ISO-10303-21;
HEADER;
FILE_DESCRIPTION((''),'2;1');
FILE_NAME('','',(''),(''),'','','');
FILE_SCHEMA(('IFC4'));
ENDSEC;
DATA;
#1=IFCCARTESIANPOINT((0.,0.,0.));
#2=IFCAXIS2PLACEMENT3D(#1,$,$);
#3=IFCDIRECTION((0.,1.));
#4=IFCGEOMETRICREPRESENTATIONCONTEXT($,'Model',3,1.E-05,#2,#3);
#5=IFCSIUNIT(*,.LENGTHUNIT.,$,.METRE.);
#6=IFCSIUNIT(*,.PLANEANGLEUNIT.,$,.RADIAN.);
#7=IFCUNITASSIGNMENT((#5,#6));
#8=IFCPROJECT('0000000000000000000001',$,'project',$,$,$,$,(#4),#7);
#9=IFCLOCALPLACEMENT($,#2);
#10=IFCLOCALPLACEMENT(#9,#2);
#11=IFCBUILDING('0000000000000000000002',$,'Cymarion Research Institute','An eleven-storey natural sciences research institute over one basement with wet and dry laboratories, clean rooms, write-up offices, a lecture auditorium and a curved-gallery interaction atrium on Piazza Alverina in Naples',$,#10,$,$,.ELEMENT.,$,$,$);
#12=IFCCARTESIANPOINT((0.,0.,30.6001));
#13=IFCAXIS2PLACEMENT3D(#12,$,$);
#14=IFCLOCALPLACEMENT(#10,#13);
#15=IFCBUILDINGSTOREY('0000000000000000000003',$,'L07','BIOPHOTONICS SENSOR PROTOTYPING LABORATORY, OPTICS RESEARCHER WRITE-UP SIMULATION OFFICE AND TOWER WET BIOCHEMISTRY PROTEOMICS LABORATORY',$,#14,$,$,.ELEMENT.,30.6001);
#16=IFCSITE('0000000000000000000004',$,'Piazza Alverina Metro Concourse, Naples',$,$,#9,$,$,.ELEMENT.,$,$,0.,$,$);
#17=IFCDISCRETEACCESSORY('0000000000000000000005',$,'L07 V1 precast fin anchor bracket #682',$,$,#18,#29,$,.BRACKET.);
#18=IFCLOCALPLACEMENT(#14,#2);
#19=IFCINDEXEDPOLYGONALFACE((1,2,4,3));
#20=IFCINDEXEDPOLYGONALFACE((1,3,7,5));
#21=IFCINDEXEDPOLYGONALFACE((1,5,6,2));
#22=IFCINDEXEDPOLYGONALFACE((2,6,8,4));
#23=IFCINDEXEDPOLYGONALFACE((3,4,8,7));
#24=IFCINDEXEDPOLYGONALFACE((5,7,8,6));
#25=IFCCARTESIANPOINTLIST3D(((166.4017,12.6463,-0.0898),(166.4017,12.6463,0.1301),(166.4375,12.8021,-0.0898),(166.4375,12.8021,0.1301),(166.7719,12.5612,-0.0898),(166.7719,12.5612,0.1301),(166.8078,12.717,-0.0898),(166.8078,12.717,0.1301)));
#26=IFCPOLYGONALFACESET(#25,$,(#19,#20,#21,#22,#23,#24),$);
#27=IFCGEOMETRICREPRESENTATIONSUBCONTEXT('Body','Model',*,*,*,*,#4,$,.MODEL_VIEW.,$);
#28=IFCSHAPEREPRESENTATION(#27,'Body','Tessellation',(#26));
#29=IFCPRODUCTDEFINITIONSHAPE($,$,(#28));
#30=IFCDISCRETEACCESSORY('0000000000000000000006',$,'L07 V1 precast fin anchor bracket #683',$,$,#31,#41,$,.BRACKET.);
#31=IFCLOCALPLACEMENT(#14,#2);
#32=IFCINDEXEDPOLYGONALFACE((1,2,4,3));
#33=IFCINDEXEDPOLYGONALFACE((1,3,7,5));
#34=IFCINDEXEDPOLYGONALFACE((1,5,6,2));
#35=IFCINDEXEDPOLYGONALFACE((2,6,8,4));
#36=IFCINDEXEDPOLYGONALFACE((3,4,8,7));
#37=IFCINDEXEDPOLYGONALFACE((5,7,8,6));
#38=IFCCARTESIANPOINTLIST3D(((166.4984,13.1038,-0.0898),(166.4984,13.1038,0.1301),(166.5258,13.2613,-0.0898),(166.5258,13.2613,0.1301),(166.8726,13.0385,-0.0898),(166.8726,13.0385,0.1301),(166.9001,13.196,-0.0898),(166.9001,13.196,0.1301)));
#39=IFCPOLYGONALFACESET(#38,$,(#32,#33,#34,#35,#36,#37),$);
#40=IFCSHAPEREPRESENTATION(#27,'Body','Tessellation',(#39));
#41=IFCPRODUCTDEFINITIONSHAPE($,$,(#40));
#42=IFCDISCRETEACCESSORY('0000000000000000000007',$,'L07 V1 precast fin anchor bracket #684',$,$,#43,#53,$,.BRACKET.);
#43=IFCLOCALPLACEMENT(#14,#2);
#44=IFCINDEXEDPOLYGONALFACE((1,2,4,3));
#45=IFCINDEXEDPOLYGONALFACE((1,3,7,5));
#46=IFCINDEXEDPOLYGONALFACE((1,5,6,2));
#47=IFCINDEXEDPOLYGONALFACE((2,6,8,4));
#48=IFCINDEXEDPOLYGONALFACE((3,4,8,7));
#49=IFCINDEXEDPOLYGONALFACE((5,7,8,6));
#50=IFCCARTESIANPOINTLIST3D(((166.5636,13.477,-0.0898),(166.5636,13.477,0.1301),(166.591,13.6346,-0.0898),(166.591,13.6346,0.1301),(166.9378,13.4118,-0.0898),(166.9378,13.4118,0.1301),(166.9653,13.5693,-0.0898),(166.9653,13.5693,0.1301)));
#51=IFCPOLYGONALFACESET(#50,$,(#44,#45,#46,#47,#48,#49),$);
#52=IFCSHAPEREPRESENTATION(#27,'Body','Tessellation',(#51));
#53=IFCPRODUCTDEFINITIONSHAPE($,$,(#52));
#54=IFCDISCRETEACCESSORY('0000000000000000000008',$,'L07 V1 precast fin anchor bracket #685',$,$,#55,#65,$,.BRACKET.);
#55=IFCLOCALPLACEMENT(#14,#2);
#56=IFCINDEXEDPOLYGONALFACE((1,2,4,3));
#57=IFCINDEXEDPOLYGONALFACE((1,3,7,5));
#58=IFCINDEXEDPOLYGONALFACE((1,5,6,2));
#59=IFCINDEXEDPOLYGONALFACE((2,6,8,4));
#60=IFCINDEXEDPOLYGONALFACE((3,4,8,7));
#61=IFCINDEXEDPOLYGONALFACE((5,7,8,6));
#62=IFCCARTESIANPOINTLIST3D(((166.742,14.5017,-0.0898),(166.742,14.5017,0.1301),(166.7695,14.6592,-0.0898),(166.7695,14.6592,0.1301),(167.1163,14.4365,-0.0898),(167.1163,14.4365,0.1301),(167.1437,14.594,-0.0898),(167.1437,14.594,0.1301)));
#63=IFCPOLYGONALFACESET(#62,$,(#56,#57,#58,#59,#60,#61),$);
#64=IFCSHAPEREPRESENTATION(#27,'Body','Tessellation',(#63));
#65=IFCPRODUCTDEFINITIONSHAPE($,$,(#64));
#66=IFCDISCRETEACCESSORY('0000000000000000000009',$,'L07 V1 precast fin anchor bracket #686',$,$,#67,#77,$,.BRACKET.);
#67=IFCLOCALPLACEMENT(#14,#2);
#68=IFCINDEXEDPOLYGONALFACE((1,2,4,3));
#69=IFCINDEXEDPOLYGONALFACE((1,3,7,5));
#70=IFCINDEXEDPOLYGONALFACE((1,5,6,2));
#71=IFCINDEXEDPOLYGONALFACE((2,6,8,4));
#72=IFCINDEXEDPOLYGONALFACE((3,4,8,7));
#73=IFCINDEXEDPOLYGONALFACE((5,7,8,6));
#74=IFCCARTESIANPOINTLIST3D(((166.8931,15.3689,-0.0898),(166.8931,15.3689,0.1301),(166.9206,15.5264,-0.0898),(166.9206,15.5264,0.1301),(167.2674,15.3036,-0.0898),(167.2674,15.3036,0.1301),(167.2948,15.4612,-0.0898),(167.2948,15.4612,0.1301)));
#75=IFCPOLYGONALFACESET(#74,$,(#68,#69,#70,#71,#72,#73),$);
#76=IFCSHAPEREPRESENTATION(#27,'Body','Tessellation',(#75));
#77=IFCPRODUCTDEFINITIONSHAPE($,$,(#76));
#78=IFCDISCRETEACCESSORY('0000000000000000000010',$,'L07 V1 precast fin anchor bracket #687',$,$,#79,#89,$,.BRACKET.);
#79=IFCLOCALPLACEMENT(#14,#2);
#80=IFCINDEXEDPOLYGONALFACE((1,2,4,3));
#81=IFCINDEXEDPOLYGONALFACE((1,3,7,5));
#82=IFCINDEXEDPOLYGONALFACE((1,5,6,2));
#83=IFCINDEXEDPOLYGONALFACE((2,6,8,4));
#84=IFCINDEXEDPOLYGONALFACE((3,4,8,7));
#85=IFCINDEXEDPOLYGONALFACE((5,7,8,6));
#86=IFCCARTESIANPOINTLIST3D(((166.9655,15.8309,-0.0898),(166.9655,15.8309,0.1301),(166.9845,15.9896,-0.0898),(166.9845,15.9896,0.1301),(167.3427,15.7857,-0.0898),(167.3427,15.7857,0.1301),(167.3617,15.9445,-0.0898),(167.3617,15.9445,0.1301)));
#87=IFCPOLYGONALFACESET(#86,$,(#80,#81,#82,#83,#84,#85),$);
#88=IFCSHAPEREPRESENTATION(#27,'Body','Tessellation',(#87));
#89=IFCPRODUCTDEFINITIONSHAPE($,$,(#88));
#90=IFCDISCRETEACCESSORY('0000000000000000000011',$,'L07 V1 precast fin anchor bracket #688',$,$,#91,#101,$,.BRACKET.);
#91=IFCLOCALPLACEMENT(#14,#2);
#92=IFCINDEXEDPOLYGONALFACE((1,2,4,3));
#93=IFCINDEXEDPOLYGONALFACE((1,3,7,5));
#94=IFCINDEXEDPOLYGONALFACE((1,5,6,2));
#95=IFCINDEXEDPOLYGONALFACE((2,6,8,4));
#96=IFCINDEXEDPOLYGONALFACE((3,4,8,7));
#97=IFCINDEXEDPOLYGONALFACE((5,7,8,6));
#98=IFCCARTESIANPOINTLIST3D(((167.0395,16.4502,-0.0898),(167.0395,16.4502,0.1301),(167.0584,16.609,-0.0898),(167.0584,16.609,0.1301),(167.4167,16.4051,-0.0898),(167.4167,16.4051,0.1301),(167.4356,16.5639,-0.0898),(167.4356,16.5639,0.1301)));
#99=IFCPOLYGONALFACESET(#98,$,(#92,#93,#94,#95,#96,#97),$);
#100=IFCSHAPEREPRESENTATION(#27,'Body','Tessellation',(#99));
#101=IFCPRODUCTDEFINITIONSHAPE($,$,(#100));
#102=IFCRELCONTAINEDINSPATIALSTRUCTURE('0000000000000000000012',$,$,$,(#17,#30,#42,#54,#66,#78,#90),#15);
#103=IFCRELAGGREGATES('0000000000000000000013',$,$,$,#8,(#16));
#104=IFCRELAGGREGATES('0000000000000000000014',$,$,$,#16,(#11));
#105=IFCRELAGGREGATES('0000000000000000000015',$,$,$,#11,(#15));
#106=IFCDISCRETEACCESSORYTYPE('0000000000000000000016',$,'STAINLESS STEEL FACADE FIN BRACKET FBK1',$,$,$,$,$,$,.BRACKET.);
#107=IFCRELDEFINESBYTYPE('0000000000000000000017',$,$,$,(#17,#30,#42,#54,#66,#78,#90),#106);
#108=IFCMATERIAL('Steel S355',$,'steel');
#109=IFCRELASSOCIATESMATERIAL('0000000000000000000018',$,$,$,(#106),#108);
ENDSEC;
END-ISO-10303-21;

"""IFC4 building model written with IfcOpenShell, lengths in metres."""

from ifc_helpers import new_model, si_unit, direction, frame, origin, origin_2d, place, context, subcontext, project, spatial, rectangle, extrude, material, type_object, element, save


model = new_model("IFC4")

# Units and contexts
model_context = context("Model", 3, precision=1e-05, world=origin(), true_north=direction((0.0, 1.0)))
body_context = subcontext(model_context, "Body", "Model", "MODEL_VIEW")
ifc_project = project(units=[si_unit("LENGTHUNIT", "METRE"), si_unit("PLANEANGLEUNIT", "RADIAN")], contexts=[model_context])

# Site, building, storey
site_placement = place(None, origin())
site = spatial("IfcSite", under=ifc_project, at=site_placement, Name="Piazza Alverina Metro Concourse, Naples", CompositionType="ELEMENT", RefElevation=0.0)
building_placement = place(site_placement, origin())
building = spatial("IfcBuilding", under=site, at=building_placement, Name="Cymarion Research Institute", Description="An eleven-storey natural sciences research institute over one basement with wet and dry laboratories, clean rooms, write-up offices, a lecture auditorium and a curved-gallery interaction atrium on Piazza Alverina in Naples", CompositionType="ELEMENT")
storey_placement = place(building_placement, frame((0.0, 0.0, 30.6001)))
storey = spatial("IfcBuildingStorey", under=building, at=storey_placement, Name="L07", Description="BIOPHOTONICS SENSOR PROTOTYPING LABORATORY, OPTICS RESEARCHER WRITE-UP SIMULATION OFFICE AND TOWER WET BIOCHEMISTRY PROTEOMICS LABORATORY", CompositionType="ELEMENT", Elevation=30.6001)

# Shared definitions
ifc_material_1 = material(Name="Steel S355", Category="steel")

# Discrete accessories
discrete_accessory_type = type_object("IfcDiscreteAccessoryType", Name="STAINLESS STEEL FACADE FIN BRACKET FBK1", PredefinedType="BRACKET", material=ifc_material_1)
for number, where, z_axis, x_axis, name in (
    (1, (166.6047, 12.6816, -0.0898), (0.0, 0.0, 1.0), (0.974566, -0.224101, 0.0), "L07 V1 precast fin anchor bracket #682"),
    (2, (166.6992, 13.1499, -0.0898), (0.0, 0.0, 1.0), (0.985139, -0.171757, 0.0), "L07 V1 precast fin anchor bracket #683"),
    (3, (166.7644, 13.5232, -0.0898), (0.0, 0.0, 1.0), (0.985139, -0.171757, 0.0), "L07 V1 precast fin anchor bracket #684"),
    (4, (166.9429, 14.5479, -0.0898), (0.0, 0.0, 1.0), (0.985139, -0.171757, 0.0), "L07 V1 precast fin anchor bracket #685"),
    (5, (167.094, 15.415, -0.0898), (0.0, 0.0, 1.0), (0.985139, -0.171757, 0.0), "L07 V1 precast fin anchor bracket #686"),
    (6, (167.1636, 15.8877, -0.0898), (0.0, 0.0, 1.0), (0.992924, -0.118751, 0.0), "L07 V1 precast fin anchor bracket #687"),
    (7, (167.2375, 16.5071, -0.0898), (0.0, 0.0, 1.0), (0.992924, -0.118751, 0.0), "L07 V1 precast fin anchor bracket #688"),
):
    element("IfcDiscreteAccessory", number, at=place(storey_placement, frame(where, z_axis=z_axis, x_axis=x_axis)), inside=storey, type_object=discrete_accessory_type, Name=name, PredefinedType="BRACKET", context=body_context, shape_type="SweptSolid", body=[
        extrude(rectangle(XDim=0.3799, YDim=0.1599, at=origin_2d()), origin(), (0.0, 0.0, 1.0), 0.22),
    ])

save(model, "model.ifc")
